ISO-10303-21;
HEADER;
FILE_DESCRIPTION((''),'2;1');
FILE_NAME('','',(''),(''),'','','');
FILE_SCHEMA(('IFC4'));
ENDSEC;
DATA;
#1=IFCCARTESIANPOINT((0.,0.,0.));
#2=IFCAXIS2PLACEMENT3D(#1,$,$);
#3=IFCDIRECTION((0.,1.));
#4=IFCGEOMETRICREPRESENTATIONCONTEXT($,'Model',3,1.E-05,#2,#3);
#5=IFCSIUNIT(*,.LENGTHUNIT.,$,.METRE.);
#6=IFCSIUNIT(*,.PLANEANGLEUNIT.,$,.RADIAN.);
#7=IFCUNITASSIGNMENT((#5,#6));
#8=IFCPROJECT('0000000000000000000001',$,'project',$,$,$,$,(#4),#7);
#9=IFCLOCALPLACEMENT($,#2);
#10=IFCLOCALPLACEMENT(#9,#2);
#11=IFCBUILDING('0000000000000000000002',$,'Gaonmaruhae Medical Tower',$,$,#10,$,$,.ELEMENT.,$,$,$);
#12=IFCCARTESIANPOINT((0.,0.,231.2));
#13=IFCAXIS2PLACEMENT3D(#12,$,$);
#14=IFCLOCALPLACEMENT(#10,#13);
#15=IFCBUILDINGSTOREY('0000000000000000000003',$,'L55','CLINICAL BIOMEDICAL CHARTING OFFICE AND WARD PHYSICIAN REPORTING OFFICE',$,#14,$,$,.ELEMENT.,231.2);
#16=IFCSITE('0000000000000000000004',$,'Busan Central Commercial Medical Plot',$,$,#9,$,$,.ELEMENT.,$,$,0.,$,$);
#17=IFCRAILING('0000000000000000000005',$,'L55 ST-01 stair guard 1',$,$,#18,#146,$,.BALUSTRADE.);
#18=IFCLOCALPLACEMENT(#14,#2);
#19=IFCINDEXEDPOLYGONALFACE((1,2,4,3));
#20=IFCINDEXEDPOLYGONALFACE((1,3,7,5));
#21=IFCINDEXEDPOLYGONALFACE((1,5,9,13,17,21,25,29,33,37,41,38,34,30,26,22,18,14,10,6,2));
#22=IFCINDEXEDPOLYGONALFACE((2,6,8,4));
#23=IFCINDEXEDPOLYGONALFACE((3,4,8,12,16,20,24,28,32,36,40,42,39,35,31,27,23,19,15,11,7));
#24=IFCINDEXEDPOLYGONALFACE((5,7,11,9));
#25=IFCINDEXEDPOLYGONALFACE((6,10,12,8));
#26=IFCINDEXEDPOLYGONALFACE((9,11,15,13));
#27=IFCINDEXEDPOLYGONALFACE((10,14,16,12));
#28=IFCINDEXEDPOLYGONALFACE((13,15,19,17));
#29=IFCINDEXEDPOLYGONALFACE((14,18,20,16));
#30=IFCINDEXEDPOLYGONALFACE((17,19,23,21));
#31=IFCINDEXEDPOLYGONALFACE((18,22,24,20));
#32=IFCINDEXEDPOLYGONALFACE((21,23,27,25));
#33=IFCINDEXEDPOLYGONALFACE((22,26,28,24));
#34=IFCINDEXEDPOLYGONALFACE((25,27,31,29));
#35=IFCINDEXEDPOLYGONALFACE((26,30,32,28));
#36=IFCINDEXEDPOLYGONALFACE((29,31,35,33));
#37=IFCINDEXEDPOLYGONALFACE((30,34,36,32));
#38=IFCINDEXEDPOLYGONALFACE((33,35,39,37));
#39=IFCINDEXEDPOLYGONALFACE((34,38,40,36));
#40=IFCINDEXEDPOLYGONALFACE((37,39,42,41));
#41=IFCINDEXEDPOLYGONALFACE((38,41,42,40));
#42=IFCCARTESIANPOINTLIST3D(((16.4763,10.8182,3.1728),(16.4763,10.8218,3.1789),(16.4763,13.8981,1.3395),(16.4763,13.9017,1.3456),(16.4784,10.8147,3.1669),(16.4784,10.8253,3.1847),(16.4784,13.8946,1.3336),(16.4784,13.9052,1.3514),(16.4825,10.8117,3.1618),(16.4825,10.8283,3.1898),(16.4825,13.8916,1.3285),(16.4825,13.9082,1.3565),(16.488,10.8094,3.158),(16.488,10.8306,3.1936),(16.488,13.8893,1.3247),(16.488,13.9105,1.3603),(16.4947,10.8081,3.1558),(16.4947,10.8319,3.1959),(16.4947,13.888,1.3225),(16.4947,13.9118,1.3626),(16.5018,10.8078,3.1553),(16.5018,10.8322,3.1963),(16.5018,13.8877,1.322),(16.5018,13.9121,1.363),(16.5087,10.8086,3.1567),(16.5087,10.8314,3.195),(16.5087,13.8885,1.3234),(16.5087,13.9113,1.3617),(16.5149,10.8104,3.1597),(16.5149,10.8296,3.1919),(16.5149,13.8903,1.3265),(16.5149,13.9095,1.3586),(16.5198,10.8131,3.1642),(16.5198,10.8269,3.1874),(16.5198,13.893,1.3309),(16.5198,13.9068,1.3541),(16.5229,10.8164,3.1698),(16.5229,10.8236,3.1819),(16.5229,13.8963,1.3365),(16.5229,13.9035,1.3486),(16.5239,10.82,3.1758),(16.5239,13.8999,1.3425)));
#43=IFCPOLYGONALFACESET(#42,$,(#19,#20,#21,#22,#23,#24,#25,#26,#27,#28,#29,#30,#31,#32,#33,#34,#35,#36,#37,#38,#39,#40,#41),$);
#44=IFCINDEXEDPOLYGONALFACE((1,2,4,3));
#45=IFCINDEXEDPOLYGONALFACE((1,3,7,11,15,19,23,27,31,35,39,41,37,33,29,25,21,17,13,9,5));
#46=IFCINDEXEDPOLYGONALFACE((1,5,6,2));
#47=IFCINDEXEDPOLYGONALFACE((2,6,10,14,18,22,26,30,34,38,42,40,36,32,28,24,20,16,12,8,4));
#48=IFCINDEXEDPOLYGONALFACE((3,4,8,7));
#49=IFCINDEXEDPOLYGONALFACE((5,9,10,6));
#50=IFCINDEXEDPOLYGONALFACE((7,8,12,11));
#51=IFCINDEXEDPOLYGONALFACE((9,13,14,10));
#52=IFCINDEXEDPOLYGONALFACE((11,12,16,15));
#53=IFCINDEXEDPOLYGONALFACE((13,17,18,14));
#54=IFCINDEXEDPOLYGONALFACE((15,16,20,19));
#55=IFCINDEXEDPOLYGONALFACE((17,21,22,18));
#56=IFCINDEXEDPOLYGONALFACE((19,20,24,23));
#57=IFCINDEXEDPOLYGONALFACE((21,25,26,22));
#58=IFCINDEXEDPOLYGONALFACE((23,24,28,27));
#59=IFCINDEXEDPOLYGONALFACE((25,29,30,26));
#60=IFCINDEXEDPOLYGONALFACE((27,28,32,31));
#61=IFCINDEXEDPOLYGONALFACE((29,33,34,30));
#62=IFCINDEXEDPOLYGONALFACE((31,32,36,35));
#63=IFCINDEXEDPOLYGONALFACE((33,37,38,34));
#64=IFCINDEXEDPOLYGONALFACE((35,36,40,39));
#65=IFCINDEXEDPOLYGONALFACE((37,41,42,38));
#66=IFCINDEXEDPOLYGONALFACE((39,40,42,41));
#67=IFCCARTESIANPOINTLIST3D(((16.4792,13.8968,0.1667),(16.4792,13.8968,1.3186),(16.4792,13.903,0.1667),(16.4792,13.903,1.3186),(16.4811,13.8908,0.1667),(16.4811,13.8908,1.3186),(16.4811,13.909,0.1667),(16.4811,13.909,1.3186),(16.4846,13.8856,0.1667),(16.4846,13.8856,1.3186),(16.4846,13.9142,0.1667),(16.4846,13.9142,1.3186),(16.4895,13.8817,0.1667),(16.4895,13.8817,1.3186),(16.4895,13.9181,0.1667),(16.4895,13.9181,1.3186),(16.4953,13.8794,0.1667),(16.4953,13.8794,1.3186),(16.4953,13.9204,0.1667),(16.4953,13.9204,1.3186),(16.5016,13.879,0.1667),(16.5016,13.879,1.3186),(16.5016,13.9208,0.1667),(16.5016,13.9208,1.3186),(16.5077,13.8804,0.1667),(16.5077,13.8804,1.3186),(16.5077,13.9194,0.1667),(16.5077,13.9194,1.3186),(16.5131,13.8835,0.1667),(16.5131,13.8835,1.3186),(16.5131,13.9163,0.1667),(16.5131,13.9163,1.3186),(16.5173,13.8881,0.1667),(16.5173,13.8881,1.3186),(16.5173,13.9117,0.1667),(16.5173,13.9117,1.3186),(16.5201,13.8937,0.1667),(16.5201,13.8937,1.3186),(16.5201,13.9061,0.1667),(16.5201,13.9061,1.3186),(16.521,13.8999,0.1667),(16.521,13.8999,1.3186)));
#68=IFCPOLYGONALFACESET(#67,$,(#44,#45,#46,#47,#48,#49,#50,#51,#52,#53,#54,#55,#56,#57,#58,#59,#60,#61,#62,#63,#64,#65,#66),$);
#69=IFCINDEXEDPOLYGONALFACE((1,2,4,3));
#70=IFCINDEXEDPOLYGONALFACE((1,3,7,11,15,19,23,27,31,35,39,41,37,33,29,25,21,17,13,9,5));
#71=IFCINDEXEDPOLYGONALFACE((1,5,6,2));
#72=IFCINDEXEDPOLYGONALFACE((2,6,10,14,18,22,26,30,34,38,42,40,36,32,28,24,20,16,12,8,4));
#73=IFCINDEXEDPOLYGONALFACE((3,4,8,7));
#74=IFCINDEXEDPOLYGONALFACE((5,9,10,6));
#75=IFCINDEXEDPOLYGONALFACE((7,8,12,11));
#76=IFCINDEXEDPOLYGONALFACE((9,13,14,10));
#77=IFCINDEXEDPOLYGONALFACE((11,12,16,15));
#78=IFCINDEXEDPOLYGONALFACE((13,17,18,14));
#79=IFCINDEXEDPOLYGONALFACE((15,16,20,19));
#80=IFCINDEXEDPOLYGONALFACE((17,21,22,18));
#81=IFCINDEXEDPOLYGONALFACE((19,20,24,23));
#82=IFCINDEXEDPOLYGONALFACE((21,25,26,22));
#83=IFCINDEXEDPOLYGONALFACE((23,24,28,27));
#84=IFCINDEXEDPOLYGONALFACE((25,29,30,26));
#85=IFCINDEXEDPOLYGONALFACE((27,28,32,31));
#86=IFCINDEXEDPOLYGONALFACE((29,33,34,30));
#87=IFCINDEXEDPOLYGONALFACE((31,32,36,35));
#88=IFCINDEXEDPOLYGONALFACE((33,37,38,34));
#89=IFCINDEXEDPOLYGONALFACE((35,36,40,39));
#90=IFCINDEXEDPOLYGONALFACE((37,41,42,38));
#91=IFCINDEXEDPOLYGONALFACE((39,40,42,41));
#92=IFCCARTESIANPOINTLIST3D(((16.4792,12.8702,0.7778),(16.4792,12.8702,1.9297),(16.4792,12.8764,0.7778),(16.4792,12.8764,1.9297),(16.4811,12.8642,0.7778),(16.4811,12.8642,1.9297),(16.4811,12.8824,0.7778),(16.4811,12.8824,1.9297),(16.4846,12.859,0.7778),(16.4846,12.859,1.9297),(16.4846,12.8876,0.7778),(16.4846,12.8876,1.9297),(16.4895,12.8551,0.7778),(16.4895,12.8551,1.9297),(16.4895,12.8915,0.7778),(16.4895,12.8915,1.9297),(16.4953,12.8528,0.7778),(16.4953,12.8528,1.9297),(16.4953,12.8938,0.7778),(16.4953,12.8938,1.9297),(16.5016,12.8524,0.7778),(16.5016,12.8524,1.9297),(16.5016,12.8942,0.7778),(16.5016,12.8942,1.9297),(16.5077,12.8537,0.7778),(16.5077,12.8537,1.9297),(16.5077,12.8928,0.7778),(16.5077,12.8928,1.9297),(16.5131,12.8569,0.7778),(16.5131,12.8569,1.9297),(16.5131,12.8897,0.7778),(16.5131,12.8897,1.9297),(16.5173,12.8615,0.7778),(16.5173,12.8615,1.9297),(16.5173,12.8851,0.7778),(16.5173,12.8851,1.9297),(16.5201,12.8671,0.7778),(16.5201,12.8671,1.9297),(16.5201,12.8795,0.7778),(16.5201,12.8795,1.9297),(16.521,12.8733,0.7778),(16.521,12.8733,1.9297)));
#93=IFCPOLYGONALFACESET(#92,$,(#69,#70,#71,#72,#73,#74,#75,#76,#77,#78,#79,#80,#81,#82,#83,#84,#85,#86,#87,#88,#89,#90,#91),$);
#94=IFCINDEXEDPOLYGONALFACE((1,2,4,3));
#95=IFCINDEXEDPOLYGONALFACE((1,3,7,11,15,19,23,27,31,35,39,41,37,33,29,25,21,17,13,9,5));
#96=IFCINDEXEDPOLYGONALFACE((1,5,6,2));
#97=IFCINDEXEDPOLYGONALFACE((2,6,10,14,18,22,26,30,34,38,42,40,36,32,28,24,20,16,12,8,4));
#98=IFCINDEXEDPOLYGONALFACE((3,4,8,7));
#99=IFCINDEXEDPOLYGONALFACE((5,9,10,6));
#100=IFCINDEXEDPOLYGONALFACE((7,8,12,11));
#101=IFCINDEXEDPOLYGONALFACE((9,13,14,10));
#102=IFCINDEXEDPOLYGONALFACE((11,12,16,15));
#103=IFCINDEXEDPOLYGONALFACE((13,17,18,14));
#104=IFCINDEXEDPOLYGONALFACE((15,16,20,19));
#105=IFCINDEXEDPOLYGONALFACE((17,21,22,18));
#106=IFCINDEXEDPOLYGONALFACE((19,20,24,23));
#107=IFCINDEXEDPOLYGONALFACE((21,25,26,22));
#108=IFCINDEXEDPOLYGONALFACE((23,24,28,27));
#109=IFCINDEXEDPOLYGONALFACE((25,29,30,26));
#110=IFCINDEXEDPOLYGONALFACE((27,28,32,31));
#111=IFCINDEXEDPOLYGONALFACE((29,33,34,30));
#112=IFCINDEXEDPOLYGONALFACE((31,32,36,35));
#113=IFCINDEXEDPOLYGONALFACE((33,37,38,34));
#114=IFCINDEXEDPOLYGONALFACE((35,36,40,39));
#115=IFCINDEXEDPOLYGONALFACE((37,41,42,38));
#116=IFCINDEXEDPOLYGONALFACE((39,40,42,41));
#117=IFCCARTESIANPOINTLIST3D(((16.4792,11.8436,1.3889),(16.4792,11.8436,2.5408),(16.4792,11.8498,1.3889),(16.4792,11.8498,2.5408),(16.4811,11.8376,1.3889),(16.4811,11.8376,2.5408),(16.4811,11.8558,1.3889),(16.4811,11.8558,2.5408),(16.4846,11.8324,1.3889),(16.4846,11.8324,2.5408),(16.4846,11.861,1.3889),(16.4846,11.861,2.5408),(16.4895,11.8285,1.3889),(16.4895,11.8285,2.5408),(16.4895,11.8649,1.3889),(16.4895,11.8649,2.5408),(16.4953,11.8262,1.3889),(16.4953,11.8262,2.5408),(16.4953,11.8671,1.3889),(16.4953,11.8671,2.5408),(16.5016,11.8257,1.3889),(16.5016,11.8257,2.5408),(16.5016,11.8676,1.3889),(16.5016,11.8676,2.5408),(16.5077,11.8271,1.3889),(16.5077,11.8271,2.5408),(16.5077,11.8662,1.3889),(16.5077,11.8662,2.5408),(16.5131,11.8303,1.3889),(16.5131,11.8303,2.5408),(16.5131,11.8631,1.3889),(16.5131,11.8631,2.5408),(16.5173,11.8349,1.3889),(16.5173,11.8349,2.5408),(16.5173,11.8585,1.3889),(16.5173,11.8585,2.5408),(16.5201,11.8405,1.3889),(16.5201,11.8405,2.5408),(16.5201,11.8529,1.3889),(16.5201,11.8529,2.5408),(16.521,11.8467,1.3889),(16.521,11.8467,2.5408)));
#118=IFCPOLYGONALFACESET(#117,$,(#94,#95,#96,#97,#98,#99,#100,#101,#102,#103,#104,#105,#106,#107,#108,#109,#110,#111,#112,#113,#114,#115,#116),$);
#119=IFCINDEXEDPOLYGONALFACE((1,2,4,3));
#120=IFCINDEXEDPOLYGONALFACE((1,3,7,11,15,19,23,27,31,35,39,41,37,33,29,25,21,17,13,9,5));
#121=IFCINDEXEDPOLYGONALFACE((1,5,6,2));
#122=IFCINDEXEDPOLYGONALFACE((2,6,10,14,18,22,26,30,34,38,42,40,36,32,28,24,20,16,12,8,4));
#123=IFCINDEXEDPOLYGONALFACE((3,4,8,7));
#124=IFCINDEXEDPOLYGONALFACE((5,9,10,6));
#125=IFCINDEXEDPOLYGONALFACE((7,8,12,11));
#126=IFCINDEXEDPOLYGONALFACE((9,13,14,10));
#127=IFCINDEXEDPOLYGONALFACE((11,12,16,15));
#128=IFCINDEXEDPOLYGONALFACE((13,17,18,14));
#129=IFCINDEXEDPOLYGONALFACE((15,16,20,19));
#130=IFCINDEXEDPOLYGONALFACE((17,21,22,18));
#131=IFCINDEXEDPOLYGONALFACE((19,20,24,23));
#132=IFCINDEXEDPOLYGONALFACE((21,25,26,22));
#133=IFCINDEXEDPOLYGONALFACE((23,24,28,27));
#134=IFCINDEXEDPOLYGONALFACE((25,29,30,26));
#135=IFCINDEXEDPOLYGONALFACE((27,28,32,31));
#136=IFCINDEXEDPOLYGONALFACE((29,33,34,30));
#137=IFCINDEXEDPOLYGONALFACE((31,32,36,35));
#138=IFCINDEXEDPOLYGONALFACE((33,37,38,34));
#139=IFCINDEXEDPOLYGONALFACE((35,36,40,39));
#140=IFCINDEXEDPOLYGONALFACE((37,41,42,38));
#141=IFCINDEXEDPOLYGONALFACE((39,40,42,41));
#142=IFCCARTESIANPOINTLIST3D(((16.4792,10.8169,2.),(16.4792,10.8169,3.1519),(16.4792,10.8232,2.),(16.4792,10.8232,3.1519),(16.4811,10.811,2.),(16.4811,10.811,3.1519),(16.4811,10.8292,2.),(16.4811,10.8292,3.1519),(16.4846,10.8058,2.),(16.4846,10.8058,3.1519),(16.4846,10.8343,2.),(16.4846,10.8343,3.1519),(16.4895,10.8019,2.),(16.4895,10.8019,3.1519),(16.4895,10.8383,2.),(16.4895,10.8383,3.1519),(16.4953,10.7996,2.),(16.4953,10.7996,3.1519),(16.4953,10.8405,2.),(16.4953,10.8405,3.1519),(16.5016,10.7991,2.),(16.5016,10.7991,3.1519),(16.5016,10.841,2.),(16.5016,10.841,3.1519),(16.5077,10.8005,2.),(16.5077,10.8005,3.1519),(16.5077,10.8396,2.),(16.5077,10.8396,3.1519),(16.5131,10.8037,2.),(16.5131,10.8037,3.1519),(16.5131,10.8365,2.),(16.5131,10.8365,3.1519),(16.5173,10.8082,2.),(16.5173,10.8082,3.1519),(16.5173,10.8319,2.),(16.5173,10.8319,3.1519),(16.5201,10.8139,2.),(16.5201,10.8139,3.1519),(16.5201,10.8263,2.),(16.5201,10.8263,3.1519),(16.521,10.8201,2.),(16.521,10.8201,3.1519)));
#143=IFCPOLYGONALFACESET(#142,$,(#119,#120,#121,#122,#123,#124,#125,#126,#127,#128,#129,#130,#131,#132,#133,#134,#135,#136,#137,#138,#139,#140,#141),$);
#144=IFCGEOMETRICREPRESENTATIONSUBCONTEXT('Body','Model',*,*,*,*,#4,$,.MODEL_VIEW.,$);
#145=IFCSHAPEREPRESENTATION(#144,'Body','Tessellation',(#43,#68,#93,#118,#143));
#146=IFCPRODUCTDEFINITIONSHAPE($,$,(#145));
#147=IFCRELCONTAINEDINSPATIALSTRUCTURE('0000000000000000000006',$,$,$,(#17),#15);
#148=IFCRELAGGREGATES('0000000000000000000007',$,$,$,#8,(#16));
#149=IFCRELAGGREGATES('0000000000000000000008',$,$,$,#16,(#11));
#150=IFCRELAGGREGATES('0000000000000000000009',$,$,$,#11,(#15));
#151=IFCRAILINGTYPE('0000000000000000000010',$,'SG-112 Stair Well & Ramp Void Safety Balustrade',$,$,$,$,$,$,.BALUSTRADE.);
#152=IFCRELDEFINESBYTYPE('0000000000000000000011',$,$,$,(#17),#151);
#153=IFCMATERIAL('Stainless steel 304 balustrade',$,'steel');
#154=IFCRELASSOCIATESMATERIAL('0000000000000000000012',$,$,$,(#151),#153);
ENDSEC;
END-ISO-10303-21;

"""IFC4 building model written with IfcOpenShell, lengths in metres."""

from ifc_helpers import new_model, si_unit, direction, frame, origin, origin_2d, place, context, subcontext, project, spatial, circle, extrude, material, type_object, element, save


model = new_model("IFC4")

# Units and contexts
model_context = context("Model", 3, precision=1e-05, world=origin(), true_north=direction((0.0, 1.0)))
body_context = subcontext(model_context, "Body", "Model", "MODEL_VIEW")
ifc_project = project(units=[si_unit("LENGTHUNIT", "METRE"), si_unit("PLANEANGLEUNIT", "RADIAN")], contexts=[model_context])

# Site, building, storey
site_placement = place(None, origin())
site = spatial("IfcSite", under=ifc_project, at=site_placement, Name="Busan Central Commercial Medical Plot", CompositionType="ELEMENT", RefElevation=0.0)
building_placement = place(site_placement, origin())
building = spatial("IfcBuilding", under=site, at=building_placement, Name="Gaonmaruhae Medical Tower", CompositionType="ELEMENT")
storey_placement = place(building_placement, frame((0.0, 0.0, 231.2)))
storey = spatial("IfcBuildingStorey", under=building, at=storey_placement, Name="L55", Description="CLINICAL BIOMEDICAL CHARTING OFFICE AND WARD PHYSICIAN REPORTING OFFICE", CompositionType="ELEMENT", Elevation=231.2)

# Railing
ifc_material_1 = material(Name="Stainless steel 304 balustrade", Category="steel")
railing_type_1 = type_object("IfcRailingType", Name="SG-112 Stair Well & Ramp Void Safety Balustrade", PredefinedType="BALUSTRADE", material=ifc_material_1)
railing_1_placement = place(storey_placement, frame((16.5, 13.8999, 0.1667)))
element("IfcRailing", 1, at=railing_1_placement, inside=storey, type_object=railing_type_1, Name="L55 ST-01 stair guard 1", PredefinedType="BALUSTRADE", context=body_context, shape_type="SweptSolid", body=[
    extrude(circle(Radius=0.0239, at=origin_2d()), frame((0.0, 0.0, 1.1758), z_axis=(0.0, -0.859291, 0.511487), x_axis=(1.0, 0.0, 0.0)), (0.0, 0.0, 1.0), 3.5842),
    extrude(circle(Radius=0.021, at=origin_2d()), origin(), (0.0, 0.0, 1.0), 1.1519),
    extrude(circle(Radius=0.021, at=origin_2d()), frame((0.0, -1.0266, 0.6111)), (0.0, 0.0, 1.0), 1.1519),
    extrude(circle(Radius=0.021, at=origin_2d()), frame((0.0, -2.0532, 1.2222)), (0.0, 0.0, 1.0), 1.1519),
    extrude(circle(Radius=0.021, at=origin_2d()), frame((0.0, -3.0798, 1.8333)), (0.0, 0.0, 1.0), 1.1519),
])

save(model, "model.ifc")
